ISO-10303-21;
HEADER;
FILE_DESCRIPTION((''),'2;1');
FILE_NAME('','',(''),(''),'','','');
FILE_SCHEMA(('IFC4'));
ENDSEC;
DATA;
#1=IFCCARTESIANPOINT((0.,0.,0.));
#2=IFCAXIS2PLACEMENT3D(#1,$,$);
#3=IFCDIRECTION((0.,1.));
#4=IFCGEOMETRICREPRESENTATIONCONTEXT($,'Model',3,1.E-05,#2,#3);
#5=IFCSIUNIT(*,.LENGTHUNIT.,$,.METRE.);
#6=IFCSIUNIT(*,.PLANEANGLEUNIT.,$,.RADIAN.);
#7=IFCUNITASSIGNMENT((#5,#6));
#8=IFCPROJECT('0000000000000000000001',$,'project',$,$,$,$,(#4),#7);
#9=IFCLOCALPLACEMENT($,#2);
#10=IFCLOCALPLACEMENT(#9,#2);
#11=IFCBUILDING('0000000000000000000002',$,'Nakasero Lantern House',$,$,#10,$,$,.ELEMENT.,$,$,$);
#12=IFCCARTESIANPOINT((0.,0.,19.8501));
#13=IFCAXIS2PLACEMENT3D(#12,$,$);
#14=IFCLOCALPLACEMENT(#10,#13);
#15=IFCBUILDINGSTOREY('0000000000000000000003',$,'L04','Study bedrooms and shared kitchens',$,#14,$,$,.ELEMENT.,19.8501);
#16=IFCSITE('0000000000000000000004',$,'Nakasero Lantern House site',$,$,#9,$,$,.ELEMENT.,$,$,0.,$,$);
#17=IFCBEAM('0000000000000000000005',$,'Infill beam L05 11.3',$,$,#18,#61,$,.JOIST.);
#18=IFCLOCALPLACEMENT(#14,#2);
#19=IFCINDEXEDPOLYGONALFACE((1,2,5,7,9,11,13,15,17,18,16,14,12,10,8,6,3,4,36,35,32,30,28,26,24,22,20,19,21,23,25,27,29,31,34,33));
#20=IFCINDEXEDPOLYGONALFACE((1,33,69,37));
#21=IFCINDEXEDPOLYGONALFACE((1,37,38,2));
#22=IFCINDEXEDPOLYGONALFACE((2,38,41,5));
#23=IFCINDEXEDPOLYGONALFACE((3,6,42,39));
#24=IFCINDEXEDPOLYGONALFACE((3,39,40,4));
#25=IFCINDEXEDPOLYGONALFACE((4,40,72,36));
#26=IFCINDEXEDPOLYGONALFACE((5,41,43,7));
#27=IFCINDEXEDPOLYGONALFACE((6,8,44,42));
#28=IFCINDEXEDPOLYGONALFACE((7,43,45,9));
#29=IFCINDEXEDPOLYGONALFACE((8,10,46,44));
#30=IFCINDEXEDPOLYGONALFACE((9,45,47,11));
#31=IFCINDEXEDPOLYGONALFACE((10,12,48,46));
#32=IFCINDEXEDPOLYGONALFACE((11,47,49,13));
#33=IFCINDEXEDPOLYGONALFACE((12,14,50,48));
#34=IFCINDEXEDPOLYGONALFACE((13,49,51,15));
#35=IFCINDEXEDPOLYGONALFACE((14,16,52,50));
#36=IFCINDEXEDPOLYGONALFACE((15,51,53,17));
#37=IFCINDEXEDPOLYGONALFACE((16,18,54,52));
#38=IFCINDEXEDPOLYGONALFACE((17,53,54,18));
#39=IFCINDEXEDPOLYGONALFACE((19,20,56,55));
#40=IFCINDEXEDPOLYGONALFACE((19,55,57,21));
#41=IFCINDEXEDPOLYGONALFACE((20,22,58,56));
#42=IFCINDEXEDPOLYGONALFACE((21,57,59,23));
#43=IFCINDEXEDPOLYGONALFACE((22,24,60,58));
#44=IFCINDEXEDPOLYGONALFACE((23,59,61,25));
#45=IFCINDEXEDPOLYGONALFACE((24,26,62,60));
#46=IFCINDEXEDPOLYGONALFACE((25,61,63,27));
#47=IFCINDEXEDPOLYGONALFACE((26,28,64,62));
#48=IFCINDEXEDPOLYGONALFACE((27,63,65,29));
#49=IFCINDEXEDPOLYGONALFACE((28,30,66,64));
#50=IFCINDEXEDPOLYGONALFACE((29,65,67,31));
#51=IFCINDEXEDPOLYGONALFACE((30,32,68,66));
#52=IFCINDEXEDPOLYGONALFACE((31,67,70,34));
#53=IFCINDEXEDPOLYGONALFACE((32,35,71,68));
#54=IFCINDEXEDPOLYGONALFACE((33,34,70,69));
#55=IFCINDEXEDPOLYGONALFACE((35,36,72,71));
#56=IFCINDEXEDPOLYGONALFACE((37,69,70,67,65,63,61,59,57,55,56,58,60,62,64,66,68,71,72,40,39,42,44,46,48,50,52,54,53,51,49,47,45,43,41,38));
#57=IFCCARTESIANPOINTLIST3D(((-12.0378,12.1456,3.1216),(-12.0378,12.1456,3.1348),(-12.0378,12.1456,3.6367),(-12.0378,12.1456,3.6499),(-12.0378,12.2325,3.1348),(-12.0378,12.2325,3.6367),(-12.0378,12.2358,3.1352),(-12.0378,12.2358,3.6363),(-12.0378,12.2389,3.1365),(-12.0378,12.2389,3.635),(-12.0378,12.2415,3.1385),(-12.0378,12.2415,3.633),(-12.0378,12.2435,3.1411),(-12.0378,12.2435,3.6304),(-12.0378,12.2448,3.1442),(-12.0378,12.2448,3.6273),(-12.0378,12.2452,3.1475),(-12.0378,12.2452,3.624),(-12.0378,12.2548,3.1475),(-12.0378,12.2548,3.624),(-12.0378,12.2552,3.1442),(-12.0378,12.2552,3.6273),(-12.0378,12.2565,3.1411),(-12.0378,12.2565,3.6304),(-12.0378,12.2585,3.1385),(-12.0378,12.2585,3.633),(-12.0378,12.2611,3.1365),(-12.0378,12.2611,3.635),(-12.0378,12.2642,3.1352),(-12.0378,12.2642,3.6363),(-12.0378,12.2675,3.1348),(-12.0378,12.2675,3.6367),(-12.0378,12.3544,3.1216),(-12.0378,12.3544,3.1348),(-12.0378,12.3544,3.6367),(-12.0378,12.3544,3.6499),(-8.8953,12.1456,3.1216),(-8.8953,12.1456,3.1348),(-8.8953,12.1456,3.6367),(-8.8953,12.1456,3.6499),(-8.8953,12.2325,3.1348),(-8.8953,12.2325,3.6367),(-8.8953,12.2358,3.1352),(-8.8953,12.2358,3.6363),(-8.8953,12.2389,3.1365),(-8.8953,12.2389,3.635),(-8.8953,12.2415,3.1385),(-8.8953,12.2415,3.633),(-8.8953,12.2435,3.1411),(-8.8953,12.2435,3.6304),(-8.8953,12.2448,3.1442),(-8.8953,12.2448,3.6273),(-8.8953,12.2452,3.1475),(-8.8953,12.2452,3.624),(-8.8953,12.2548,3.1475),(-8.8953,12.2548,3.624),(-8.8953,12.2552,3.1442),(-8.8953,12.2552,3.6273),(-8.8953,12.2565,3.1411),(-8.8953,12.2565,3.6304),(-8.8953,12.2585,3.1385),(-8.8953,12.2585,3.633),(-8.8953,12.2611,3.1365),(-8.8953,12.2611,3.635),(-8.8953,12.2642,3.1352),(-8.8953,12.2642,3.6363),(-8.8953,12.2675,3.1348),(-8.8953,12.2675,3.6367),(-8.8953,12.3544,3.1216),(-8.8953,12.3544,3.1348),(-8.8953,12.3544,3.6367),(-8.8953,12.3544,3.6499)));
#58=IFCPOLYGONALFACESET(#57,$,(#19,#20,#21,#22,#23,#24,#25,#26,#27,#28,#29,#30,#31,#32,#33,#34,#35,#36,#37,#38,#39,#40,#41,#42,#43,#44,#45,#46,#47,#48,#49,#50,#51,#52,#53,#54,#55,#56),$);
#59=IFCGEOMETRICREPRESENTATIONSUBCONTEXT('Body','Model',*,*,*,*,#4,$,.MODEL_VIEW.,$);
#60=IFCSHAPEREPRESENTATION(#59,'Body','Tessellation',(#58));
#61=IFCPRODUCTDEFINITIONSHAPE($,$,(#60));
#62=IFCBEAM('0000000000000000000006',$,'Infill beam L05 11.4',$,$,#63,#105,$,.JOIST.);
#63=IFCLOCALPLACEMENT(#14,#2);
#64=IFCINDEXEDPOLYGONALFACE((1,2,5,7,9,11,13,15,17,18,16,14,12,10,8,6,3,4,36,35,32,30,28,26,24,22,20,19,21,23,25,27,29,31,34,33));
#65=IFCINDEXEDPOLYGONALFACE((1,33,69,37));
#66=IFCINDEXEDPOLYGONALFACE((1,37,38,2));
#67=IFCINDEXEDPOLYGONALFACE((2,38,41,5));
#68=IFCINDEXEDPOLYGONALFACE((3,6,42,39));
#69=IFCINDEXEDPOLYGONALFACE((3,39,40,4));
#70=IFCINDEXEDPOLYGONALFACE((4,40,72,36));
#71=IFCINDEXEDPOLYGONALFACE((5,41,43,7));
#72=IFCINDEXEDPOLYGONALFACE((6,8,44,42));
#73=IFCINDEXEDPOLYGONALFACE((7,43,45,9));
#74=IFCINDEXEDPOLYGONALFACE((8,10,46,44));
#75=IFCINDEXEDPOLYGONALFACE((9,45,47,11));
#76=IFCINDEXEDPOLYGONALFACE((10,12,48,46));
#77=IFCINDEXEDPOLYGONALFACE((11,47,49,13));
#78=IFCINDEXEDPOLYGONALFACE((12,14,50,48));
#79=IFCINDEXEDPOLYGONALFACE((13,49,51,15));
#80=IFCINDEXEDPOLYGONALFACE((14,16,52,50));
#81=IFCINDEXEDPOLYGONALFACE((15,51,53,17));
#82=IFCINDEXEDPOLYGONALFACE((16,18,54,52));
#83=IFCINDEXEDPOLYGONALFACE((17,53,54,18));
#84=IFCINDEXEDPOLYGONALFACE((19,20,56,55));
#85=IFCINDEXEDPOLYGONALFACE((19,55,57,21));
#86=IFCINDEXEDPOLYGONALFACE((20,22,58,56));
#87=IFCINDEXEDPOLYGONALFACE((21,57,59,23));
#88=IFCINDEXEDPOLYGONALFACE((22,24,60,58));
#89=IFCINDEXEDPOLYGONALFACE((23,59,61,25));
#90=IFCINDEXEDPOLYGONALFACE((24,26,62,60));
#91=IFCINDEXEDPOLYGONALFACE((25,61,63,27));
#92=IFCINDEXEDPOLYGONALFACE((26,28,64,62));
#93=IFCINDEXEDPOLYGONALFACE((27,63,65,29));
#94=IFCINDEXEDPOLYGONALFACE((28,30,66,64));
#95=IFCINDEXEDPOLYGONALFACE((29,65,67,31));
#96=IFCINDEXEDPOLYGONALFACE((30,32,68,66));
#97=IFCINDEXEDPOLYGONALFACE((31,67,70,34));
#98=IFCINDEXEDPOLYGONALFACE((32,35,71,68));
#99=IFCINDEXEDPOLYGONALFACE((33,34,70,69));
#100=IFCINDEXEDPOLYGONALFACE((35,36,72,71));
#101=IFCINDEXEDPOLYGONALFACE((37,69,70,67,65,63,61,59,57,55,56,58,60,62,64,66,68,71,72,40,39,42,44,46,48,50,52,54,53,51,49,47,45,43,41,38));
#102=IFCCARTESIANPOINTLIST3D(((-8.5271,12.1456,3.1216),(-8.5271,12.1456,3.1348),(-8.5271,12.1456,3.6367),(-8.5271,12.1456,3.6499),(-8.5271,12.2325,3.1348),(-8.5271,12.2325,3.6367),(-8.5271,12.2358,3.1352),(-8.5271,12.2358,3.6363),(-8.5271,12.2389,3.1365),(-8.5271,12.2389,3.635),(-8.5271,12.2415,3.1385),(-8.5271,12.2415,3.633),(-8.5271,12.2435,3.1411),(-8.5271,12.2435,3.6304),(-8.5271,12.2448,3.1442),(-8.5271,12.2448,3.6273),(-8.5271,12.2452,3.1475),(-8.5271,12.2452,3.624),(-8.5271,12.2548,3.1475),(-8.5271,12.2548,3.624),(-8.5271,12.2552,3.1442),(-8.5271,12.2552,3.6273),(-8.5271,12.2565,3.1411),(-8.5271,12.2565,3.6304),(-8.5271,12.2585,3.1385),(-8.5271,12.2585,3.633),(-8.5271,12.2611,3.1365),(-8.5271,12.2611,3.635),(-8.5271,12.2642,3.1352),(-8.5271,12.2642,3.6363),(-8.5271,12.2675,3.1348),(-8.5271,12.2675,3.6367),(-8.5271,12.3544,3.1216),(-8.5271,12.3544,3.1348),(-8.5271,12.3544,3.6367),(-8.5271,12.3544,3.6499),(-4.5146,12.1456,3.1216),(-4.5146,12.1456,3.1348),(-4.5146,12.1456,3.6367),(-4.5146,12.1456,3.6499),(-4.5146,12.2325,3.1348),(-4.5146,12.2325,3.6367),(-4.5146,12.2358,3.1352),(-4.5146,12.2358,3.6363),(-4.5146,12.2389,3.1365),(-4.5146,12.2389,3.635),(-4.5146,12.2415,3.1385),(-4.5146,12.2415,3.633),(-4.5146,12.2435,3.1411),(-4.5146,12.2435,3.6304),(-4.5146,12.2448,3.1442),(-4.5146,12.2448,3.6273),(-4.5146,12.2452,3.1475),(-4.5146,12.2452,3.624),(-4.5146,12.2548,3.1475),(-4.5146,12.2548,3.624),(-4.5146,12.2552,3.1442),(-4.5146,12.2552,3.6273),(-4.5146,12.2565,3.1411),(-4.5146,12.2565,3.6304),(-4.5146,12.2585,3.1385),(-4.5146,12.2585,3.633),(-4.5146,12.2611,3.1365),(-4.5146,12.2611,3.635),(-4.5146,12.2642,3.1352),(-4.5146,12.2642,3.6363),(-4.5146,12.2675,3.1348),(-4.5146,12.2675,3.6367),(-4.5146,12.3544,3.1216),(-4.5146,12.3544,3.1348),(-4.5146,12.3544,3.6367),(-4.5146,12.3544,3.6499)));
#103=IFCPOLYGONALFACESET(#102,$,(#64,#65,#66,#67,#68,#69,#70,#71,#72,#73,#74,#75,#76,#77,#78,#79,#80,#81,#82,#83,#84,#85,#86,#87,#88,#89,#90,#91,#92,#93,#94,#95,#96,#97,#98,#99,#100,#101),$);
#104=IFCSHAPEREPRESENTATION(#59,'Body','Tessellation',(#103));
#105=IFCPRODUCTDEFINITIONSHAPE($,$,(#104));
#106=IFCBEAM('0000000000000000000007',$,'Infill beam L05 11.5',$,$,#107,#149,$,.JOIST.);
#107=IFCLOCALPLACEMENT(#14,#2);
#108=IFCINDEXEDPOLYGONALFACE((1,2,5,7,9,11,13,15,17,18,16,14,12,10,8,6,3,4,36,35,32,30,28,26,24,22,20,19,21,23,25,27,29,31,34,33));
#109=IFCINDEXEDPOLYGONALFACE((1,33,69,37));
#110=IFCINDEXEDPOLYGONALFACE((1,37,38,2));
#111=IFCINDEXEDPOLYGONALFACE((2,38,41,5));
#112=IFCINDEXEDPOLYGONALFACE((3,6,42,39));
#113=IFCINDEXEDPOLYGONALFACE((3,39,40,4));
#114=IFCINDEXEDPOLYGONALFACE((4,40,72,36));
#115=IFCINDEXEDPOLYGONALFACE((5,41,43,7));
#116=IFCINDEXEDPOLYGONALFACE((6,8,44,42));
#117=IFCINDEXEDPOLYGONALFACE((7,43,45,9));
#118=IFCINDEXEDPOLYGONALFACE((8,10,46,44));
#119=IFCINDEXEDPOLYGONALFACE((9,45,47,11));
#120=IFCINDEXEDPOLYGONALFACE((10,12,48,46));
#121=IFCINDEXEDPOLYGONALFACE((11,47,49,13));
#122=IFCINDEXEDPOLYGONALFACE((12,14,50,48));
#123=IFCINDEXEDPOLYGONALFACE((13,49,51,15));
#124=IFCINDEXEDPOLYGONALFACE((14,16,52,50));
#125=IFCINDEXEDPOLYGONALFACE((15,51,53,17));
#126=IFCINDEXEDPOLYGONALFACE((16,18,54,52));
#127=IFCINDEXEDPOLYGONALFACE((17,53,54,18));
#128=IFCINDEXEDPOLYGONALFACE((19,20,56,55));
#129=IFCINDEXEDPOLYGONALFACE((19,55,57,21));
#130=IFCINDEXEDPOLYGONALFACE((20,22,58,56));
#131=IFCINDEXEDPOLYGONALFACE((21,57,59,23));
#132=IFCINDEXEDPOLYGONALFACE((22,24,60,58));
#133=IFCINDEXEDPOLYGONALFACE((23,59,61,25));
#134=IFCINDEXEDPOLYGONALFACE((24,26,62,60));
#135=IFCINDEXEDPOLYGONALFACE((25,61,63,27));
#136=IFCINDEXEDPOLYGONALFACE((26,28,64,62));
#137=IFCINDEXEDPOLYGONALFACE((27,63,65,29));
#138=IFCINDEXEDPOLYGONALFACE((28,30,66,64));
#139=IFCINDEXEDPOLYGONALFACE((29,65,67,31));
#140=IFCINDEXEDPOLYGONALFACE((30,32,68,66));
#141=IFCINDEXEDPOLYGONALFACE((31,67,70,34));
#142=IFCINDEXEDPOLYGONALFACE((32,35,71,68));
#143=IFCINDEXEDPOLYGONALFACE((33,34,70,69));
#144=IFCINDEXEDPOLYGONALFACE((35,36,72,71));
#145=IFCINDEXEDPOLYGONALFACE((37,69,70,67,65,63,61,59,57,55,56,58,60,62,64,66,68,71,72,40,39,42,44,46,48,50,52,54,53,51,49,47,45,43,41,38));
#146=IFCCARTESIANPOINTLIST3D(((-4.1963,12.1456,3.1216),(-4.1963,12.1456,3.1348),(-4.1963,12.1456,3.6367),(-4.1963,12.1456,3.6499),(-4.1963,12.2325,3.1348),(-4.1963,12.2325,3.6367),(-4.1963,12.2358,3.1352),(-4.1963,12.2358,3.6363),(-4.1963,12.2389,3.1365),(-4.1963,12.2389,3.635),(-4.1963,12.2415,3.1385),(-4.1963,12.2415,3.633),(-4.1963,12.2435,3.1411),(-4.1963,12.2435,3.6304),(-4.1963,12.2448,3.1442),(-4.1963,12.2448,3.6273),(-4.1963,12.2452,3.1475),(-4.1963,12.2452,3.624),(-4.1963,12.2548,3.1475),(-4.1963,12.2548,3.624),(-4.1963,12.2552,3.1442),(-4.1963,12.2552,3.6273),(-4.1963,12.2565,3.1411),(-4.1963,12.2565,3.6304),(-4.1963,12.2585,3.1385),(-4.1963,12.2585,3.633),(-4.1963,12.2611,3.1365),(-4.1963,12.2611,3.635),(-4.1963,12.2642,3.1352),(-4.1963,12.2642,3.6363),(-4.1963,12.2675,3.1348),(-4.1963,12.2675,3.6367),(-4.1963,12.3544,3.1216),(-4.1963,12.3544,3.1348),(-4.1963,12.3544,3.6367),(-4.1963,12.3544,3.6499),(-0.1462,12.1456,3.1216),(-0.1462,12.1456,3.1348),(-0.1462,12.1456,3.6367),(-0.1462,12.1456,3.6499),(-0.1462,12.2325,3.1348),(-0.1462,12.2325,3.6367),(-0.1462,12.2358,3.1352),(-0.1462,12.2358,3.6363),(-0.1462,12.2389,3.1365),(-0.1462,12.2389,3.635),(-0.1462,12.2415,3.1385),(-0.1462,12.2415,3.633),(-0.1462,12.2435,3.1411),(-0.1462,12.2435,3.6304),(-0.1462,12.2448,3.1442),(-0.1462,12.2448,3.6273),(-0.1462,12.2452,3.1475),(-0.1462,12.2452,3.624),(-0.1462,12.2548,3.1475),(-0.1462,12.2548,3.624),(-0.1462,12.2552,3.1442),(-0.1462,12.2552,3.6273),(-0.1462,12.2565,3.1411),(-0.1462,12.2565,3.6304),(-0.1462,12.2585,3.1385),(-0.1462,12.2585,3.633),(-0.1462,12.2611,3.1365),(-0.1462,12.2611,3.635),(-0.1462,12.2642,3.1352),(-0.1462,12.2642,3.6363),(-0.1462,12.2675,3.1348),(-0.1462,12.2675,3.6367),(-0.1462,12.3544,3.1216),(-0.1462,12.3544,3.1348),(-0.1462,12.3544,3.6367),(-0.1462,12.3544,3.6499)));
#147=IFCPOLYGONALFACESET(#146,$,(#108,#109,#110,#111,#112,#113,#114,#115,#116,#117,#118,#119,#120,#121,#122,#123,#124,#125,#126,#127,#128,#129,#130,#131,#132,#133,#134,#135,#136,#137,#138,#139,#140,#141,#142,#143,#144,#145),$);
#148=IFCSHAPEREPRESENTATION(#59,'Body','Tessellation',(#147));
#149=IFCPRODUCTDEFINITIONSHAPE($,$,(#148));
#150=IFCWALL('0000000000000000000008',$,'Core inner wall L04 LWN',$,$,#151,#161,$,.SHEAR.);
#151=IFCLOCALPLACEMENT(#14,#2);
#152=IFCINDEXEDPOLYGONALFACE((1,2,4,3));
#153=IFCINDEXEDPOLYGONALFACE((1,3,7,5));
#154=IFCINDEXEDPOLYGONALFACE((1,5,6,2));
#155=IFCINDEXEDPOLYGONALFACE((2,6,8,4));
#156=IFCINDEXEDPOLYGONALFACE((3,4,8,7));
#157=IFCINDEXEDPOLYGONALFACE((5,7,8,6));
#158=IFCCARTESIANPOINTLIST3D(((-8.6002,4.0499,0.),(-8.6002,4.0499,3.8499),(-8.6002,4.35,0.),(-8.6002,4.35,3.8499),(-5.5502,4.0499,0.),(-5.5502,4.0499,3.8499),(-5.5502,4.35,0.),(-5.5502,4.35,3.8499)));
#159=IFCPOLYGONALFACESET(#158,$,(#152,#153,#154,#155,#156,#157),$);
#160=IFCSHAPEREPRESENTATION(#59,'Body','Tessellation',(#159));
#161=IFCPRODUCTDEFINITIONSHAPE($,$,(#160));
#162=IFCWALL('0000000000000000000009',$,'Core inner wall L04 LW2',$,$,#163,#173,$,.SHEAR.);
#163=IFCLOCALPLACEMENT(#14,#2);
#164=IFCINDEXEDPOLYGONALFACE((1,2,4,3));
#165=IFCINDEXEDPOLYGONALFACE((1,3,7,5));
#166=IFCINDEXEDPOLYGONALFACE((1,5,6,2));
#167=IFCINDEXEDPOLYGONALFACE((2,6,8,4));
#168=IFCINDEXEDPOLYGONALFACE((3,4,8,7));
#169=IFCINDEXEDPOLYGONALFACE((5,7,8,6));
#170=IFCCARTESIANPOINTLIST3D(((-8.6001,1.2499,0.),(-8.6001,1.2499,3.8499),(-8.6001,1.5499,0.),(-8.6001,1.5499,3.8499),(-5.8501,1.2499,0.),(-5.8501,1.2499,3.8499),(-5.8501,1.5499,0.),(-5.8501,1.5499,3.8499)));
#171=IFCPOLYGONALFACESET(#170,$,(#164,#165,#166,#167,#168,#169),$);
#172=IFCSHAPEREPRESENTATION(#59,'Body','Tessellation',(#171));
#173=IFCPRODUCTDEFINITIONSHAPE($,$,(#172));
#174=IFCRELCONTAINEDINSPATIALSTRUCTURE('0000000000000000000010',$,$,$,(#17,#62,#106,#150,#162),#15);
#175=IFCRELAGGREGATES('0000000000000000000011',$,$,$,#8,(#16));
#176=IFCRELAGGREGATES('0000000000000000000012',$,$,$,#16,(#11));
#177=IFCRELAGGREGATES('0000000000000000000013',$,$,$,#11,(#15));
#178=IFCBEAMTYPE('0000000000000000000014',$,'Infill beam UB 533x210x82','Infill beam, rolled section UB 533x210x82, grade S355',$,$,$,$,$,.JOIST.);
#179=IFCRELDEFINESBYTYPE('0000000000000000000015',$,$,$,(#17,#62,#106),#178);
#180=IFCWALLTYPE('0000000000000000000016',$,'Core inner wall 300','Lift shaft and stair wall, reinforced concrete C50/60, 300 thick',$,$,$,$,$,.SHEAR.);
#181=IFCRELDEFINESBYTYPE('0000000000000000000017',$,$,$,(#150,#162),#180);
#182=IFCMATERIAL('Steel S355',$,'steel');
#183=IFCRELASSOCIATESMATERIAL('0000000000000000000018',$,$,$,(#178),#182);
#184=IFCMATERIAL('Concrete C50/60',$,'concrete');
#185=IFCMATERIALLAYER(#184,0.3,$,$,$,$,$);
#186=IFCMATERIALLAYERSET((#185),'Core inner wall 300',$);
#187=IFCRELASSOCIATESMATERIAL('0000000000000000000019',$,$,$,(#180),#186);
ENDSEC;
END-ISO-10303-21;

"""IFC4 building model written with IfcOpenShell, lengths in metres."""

from ifc_helpers import new_model, si_unit, direction, frame, frame_2d, origin, origin_2d, place, context, subcontext, project, spatial, rectangle, i_section, extrude, material, layer, layer_set, material_profile, profile_set, type_object, element, save


model = new_model("IFC4")

# Units and contexts
model_context = context("Model", 3, precision=1e-05, world=origin(), true_north=direction((0.0, 1.0)))
body_context = subcontext(model_context, "Body", "Model", "MODEL_VIEW")
ifc_project = project(units=[si_unit("LENGTHUNIT", "METRE"), si_unit("PLANEANGLEUNIT", "RADIAN")], contexts=[model_context])

# Site, building, storey
site_placement = place(None, origin())
site = spatial("IfcSite", under=ifc_project, at=site_placement, Name="Nakasero Lantern House site", CompositionType="ELEMENT", RefElevation=0.0)
building_placement = place(site_placement, origin())
building = spatial("IfcBuilding", under=site, at=building_placement, Name="Nakasero Lantern House", CompositionType="ELEMENT")
storey_placement = place(building_placement, frame((0.0, 0.0, 19.8501)))
storey = spatial("IfcBuildingStorey", under=building, at=storey_placement, Name="L04", Description="Study bedrooms and shared kitchens", CompositionType="ELEMENT", Elevation=19.8501)

# Beams
ifc_material_1 = material(Name="Steel S355", Category="steel")
ifc_material_profile_1 = material_profile(ifc_material_1, i_section(OverallWidth=0.2087, OverallDepth=0.5283, WebThickness=0.0095, FlangeThickness=0.0132, FilletRadius=0.0127, at=origin_2d()), Name="UB 533x210x82")
ifc_profile_set_1 = profile_set([ifc_material_profile_1], Name="Steel S355")
beam_type_1 = type_object("IfcBeamType", Name="Infill beam UB 533x210x82", Description="Infill beam, rolled section UB 533x210x82, grade S355", PredefinedType="JOIST", material=ifc_profile_set_1)
beam_1_placement = place(storey_placement, frame((-12.0378, 12.25, 3.3857), z_axis=(1.0, 0.0, 0.0), x_axis=(0.0, 1.0, 0.0)))
element("IfcBeam", 1, at=beam_1_placement, inside=storey, type_object=beam_type_1, Name="Infill beam L05 11.3", PredefinedType="JOIST", context=body_context, shape_type="SweptSolid", body=[
    extrude(i_section(OverallWidth=0.2087, OverallDepth=0.5283, WebThickness=0.0095, FlangeThickness=0.0132, FilletRadius=0.0127, at=origin_2d()), origin(), (0.0, 0.0, 1.0), 3.1426),
])
beam_2_placement = place(storey_placement, frame((-8.5271, 12.25, 3.3857), z_axis=(1.0, 0.0, 0.0), x_axis=(0.0, 1.0, 0.0)))
element("IfcBeam", 2, at=beam_2_placement, inside=storey, type_object=beam_type_1, Name="Infill beam L05 11.4", PredefinedType="JOIST", context=body_context, shape_type="SweptSolid", body=[
    extrude(i_section(OverallWidth=0.2087, OverallDepth=0.5283, WebThickness=0.0095, FlangeThickness=0.0132, FilletRadius=0.0127, at=origin_2d()), origin(), (0.0, 0.0, 1.0), 4.0125),
])
beam_3_placement = place(storey_placement, frame((-4.1963, 12.25, 3.3857), z_axis=(1.0, 0.0, 0.0), x_axis=(0.0, 1.0, 0.0)))
element("IfcBeam", 3, at=beam_3_placement, inside=storey, type_object=beam_type_1, Name="Infill beam L05 11.5", PredefinedType="JOIST", context=body_context, shape_type="SweptSolid", body=[
    extrude(i_section(OverallWidth=0.2087, OverallDepth=0.5283, WebThickness=0.0095, FlangeThickness=0.0132, FilletRadius=0.0127, at=origin_2d()), origin(), (0.0, 0.0, 1.0), 4.05),
])

# Walls
ifc_material_2 = material(Name="Concrete C50/60", Category="concrete")
ifc_layer_1 = layer(ifc_material_2, 0.3)
ifc_layer_set_1 = layer_set([ifc_layer_1], Name="Core inner wall 300")
wall_type_1 = type_object("IfcWallType", Name="Core inner wall 300", Description="Lift shaft and stair wall, reinforced concrete C50/60, 300 thick", PredefinedType="SHEAR", material=ifc_layer_set_1)
wall_1_placement = place(storey_placement, frame((-8.6001, 4.2, 0.0), z_axis=(0.0, 0.0, 1.0), x_axis=(1.0, 0.0, 0.0)))
element("IfcWall", 4, at=wall_1_placement, inside=storey, type_object=wall_type_1, Name="Core inner wall L04 LWN", PredefinedType="SHEAR", context=body_context, shape_type="SweptSolid", body=[
    extrude(rectangle(XDim=3.05, YDim=0.3, at=frame_2d((1.5249, 0.0))), origin(), (0.0, 0.0, 1.0), 3.8499),
])
wall_2_placement = place(storey_placement, frame((-8.6001, 1.3999, 0.0), z_axis=(0.0, 0.0, 1.0), x_axis=(1.0, 0.0, 0.0)))
element("IfcWall", 5, at=wall_2_placement, inside=storey, type_object=wall_type_1, Name="Core inner wall L04 LW2", PredefinedType="SHEAR", context=body_context, shape_type="SweptSolid", body=[
    extrude(rectangle(XDim=2.75, YDim=0.3, at=frame_2d((1.375, 0.0))), origin(), (0.0, 0.0, 1.0), 3.8499),
])

save(model, "model.ifc")
